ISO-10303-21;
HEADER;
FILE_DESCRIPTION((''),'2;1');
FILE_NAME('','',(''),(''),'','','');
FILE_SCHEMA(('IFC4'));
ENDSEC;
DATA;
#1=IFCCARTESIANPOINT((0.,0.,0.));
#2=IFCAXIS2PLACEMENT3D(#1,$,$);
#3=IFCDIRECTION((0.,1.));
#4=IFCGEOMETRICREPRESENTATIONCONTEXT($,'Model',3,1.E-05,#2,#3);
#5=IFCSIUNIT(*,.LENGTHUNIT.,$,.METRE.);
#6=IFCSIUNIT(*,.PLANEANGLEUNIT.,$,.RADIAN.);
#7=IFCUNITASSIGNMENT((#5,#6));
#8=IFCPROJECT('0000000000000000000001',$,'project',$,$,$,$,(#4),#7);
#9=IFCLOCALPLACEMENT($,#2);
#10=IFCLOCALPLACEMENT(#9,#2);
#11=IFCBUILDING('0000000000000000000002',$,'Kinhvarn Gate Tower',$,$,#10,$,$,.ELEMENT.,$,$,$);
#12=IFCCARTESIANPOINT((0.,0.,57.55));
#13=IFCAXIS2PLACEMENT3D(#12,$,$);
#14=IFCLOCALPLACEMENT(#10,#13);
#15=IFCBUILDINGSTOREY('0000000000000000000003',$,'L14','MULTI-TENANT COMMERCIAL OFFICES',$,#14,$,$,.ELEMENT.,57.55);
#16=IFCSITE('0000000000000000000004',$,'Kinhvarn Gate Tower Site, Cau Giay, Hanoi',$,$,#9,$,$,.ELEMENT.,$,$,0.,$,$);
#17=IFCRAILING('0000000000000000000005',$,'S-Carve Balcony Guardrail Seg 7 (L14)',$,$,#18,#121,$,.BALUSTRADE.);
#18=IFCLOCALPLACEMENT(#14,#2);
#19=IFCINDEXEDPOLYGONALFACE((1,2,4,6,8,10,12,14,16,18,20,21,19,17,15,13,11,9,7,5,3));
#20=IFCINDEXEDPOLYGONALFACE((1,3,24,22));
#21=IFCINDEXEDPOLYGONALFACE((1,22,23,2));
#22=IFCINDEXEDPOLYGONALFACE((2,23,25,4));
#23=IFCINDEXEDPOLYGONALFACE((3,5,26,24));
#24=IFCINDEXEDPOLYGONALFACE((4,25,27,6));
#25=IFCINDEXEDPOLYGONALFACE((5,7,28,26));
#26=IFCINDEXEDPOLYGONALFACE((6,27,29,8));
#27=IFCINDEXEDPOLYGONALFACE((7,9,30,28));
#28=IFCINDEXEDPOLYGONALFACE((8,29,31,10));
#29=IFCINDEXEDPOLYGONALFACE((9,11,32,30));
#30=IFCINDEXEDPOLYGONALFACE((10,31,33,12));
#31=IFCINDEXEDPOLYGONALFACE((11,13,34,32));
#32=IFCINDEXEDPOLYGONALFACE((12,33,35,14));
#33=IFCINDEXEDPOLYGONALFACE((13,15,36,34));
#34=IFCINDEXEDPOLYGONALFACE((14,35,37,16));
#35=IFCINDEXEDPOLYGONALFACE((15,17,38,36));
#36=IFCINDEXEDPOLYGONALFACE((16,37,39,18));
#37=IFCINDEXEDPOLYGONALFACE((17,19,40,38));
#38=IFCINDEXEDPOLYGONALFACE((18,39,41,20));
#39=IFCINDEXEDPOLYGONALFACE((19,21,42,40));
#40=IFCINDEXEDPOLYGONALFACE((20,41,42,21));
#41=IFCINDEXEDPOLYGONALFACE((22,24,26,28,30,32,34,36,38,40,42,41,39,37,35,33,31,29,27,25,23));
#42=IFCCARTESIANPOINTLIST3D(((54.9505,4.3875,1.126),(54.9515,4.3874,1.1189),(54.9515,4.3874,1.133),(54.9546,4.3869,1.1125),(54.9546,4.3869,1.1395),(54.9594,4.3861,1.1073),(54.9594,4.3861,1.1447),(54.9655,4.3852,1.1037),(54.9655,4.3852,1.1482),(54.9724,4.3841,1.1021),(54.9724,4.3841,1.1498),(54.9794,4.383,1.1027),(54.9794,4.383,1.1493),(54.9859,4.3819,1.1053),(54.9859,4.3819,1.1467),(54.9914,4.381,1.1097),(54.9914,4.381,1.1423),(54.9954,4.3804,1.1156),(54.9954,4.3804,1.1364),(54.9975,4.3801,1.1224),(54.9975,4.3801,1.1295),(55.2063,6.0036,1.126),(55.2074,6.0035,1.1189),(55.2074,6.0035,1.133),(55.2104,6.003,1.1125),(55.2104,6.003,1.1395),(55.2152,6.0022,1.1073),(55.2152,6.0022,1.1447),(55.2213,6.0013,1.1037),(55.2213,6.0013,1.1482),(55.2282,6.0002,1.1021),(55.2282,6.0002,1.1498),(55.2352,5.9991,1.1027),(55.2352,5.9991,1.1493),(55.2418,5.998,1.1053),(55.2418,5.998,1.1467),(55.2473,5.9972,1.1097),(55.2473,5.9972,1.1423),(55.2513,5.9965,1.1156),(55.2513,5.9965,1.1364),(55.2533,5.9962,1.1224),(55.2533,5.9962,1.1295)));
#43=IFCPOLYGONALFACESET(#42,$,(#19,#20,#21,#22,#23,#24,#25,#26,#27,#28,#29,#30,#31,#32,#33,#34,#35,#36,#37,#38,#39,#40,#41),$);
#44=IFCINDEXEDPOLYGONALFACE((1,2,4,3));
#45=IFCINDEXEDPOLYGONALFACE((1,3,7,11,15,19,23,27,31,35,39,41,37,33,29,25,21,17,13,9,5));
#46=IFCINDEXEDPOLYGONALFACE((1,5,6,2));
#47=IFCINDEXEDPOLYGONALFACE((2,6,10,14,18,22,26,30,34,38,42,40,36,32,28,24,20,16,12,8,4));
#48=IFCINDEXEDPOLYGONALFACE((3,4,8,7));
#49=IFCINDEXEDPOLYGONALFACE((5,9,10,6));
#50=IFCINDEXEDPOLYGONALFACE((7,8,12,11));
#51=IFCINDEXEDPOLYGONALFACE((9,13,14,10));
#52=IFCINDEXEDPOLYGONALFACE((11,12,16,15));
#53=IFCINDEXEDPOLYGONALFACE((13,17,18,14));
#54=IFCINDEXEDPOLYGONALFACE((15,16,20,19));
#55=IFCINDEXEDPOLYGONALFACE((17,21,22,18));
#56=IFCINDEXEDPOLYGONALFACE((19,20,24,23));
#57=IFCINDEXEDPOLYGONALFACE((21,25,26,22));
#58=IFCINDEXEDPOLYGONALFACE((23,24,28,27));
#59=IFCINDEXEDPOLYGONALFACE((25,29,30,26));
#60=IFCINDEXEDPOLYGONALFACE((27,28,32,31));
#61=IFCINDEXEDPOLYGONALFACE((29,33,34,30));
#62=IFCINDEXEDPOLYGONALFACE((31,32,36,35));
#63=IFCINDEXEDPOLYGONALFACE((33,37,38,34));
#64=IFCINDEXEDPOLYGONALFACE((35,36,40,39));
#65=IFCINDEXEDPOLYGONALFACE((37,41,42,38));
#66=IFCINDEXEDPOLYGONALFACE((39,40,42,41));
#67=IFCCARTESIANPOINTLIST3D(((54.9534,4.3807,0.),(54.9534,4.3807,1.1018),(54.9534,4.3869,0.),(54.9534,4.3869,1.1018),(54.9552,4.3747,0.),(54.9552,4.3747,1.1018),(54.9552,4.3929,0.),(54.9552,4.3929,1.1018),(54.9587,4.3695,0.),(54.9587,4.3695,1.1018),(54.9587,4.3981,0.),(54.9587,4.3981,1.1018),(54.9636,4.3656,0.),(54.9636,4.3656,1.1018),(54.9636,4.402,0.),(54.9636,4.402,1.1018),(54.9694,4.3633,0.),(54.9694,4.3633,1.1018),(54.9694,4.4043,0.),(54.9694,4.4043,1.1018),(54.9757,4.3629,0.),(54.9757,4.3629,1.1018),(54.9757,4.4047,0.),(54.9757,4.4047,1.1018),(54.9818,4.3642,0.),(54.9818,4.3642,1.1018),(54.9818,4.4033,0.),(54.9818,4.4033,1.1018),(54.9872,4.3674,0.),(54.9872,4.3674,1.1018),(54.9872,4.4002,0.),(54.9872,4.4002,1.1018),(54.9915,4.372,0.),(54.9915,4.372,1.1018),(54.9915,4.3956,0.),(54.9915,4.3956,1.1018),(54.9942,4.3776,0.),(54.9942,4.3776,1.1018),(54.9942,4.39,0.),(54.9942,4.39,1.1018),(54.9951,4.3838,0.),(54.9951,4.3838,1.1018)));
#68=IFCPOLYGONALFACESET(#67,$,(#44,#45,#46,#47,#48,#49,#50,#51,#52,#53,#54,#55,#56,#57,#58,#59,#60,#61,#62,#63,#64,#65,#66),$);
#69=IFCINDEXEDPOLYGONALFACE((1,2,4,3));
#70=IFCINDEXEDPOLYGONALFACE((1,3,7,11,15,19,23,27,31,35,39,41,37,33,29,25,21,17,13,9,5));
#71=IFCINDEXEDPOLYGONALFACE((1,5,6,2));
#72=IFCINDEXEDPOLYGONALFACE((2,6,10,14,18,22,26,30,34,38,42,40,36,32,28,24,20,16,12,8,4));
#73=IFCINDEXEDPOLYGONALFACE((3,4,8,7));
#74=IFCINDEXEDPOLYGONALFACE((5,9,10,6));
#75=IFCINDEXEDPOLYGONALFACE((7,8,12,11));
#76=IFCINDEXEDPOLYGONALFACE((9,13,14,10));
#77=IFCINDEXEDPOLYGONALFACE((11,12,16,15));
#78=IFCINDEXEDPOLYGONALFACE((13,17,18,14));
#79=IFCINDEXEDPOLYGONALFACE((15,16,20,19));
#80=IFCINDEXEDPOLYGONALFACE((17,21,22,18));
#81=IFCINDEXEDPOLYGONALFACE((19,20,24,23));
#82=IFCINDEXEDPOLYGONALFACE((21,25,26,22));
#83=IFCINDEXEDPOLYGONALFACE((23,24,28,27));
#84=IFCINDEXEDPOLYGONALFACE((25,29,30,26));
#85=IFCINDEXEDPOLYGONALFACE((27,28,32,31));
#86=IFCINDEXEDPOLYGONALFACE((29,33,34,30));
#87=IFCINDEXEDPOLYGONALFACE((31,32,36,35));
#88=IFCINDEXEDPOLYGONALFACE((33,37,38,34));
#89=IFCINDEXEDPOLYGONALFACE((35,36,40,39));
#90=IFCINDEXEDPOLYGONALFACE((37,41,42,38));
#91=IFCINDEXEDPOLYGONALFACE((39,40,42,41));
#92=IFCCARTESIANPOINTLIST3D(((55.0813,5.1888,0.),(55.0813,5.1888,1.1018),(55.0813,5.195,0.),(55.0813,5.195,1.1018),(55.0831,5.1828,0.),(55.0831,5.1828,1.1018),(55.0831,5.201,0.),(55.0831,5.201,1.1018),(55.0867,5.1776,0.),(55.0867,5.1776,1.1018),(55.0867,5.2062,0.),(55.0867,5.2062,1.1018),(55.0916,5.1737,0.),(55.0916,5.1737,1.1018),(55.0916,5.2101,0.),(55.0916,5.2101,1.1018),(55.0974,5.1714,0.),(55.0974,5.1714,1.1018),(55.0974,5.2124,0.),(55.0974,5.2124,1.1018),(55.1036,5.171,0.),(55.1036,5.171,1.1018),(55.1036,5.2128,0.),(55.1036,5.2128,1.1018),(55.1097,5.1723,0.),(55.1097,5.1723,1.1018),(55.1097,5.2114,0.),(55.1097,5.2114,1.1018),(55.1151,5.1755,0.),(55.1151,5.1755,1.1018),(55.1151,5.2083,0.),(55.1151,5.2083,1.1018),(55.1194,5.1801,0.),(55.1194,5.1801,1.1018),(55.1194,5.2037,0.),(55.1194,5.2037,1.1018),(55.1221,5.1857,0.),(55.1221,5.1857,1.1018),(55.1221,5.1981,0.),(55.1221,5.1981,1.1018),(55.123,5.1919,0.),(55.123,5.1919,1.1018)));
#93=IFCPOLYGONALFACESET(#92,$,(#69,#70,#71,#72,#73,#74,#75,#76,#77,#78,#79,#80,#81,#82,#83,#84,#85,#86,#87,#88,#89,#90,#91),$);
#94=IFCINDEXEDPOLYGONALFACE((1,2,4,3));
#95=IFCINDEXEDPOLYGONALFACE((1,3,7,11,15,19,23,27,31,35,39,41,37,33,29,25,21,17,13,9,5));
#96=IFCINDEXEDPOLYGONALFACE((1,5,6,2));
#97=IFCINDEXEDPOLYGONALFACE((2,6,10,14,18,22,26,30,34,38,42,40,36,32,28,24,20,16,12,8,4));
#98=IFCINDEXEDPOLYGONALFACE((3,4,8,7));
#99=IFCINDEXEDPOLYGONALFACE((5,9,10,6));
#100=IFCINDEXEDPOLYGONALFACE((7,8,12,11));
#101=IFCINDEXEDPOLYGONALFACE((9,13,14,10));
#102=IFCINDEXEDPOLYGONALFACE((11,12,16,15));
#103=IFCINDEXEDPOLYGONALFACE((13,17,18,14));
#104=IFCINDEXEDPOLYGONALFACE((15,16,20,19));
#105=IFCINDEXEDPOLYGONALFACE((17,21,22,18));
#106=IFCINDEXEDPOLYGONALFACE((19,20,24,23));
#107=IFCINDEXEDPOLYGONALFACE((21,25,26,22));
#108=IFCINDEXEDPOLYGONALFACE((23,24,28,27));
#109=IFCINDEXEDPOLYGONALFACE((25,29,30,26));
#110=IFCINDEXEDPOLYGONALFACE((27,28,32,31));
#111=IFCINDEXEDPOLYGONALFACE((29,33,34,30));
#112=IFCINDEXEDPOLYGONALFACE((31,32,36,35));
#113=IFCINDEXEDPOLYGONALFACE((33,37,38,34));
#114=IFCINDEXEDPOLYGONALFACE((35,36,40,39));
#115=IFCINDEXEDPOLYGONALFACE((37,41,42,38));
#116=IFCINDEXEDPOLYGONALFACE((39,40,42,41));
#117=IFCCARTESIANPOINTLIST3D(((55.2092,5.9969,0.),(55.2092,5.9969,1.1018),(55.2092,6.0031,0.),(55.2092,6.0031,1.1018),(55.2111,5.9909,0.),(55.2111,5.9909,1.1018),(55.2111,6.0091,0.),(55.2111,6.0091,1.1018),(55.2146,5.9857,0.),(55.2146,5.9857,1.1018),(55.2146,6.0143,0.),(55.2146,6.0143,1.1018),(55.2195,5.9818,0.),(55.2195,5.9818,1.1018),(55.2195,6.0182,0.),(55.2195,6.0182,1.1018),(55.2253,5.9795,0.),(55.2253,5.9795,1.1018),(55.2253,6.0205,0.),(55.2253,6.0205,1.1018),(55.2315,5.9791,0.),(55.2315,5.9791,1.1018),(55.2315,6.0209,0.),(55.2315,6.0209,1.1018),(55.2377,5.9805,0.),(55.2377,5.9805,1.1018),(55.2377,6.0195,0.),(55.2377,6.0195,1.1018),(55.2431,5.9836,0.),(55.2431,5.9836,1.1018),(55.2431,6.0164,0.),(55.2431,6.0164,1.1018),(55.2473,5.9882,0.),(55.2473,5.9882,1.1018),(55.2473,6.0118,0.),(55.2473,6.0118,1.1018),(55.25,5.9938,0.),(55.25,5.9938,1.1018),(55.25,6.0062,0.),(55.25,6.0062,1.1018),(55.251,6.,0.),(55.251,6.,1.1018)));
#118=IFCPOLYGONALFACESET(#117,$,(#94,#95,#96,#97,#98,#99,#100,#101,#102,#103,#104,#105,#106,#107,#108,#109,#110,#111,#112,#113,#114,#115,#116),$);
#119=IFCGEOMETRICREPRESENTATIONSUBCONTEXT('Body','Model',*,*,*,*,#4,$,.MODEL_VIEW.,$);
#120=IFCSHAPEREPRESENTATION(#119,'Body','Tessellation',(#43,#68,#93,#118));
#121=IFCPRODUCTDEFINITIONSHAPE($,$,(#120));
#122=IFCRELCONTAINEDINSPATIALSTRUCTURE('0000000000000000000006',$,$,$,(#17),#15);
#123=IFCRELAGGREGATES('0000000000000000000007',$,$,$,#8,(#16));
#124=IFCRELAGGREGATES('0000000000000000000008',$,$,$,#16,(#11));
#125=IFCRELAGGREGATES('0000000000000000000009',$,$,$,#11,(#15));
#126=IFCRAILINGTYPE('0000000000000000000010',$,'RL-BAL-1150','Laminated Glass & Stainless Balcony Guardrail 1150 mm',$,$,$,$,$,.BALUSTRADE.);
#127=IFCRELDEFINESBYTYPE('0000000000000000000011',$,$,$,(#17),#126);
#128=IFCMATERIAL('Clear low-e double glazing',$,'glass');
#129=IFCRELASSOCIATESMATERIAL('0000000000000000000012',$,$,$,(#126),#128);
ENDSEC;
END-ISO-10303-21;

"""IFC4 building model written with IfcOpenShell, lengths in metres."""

from ifc_helpers import new_model, si_unit, direction, frame, origin, origin_2d, place, context, subcontext, project, spatial, circle, extrude, material, type_object, element, save


model = new_model("IFC4")

# Units and contexts
model_context = context("Model", 3, precision=1e-05, world=origin(), true_north=direction((0.0, 1.0)))
body_context = subcontext(model_context, "Body", "Model", "MODEL_VIEW")
ifc_project = project(units=[si_unit("LENGTHUNIT", "METRE"), si_unit("PLANEANGLEUNIT", "RADIAN")], contexts=[model_context])

# Site, building, storey
site_placement = place(None, origin())
site = spatial("IfcSite", under=ifc_project, at=site_placement, Name="Kinhvarn Gate Tower Site, Cau Giay, Hanoi", CompositionType="ELEMENT", RefElevation=0.0)
building_placement = place(site_placement, origin())
building = spatial("IfcBuilding", under=site, at=building_placement, Name="Kinhvarn Gate Tower", CompositionType="ELEMENT")
storey_placement = place(building_placement, frame((0.0, 0.0, 57.55)))
storey = spatial("IfcBuildingStorey", under=building, at=storey_placement, Name="L14", Description="MULTI-TENANT COMMERCIAL OFFICES", CompositionType="ELEMENT", Elevation=57.55)

# Shared definitions
ifc_material_1 = material(Name="Clear low-e double glazing", Category="glass")

# Railing
railing_type = type_object("IfcRailingType", Name="RL-BAL-1150", Description="Laminated Glass & Stainless Balcony Guardrail 1150 mm", PredefinedType="BALUSTRADE", material=ifc_material_1)
railing_1_placement = place(storey_placement, frame((54.9741, 4.3838, 0.0)))
element("IfcRailing", 1, at=railing_1_placement, inside=storey, type_object=railing_type, Name="S-Carve Balcony Guardrail Seg 7 (L14)", PredefinedType="BALUSTRADE", context=body_context, shape_type="SweptSolid", body=[
    extrude(circle(Radius=0.0239, at=origin_2d()), frame((0.0, 0.0, 1.126), z_axis=(0.156361, 0.9877, 0.0), x_axis=(-0.9877, 0.156361, 0.0)), (0.0, 0.0, 1.0), 1.6362),
    extrude(circle(Radius=0.021, at=origin_2d()), origin(), (0.0, 0.0, 1.0), 1.1018),
    extrude(circle(Radius=0.021, at=origin_2d()), frame((0.1279, 0.8081, 0.0)), (0.0, 0.0, 1.0), 1.1018),
    extrude(circle(Radius=0.021, at=origin_2d()), frame((0.2559, 1.6162, 0.0)), (0.0, 0.0, 1.0), 1.1018),
])

save(model, "model.ifc")
